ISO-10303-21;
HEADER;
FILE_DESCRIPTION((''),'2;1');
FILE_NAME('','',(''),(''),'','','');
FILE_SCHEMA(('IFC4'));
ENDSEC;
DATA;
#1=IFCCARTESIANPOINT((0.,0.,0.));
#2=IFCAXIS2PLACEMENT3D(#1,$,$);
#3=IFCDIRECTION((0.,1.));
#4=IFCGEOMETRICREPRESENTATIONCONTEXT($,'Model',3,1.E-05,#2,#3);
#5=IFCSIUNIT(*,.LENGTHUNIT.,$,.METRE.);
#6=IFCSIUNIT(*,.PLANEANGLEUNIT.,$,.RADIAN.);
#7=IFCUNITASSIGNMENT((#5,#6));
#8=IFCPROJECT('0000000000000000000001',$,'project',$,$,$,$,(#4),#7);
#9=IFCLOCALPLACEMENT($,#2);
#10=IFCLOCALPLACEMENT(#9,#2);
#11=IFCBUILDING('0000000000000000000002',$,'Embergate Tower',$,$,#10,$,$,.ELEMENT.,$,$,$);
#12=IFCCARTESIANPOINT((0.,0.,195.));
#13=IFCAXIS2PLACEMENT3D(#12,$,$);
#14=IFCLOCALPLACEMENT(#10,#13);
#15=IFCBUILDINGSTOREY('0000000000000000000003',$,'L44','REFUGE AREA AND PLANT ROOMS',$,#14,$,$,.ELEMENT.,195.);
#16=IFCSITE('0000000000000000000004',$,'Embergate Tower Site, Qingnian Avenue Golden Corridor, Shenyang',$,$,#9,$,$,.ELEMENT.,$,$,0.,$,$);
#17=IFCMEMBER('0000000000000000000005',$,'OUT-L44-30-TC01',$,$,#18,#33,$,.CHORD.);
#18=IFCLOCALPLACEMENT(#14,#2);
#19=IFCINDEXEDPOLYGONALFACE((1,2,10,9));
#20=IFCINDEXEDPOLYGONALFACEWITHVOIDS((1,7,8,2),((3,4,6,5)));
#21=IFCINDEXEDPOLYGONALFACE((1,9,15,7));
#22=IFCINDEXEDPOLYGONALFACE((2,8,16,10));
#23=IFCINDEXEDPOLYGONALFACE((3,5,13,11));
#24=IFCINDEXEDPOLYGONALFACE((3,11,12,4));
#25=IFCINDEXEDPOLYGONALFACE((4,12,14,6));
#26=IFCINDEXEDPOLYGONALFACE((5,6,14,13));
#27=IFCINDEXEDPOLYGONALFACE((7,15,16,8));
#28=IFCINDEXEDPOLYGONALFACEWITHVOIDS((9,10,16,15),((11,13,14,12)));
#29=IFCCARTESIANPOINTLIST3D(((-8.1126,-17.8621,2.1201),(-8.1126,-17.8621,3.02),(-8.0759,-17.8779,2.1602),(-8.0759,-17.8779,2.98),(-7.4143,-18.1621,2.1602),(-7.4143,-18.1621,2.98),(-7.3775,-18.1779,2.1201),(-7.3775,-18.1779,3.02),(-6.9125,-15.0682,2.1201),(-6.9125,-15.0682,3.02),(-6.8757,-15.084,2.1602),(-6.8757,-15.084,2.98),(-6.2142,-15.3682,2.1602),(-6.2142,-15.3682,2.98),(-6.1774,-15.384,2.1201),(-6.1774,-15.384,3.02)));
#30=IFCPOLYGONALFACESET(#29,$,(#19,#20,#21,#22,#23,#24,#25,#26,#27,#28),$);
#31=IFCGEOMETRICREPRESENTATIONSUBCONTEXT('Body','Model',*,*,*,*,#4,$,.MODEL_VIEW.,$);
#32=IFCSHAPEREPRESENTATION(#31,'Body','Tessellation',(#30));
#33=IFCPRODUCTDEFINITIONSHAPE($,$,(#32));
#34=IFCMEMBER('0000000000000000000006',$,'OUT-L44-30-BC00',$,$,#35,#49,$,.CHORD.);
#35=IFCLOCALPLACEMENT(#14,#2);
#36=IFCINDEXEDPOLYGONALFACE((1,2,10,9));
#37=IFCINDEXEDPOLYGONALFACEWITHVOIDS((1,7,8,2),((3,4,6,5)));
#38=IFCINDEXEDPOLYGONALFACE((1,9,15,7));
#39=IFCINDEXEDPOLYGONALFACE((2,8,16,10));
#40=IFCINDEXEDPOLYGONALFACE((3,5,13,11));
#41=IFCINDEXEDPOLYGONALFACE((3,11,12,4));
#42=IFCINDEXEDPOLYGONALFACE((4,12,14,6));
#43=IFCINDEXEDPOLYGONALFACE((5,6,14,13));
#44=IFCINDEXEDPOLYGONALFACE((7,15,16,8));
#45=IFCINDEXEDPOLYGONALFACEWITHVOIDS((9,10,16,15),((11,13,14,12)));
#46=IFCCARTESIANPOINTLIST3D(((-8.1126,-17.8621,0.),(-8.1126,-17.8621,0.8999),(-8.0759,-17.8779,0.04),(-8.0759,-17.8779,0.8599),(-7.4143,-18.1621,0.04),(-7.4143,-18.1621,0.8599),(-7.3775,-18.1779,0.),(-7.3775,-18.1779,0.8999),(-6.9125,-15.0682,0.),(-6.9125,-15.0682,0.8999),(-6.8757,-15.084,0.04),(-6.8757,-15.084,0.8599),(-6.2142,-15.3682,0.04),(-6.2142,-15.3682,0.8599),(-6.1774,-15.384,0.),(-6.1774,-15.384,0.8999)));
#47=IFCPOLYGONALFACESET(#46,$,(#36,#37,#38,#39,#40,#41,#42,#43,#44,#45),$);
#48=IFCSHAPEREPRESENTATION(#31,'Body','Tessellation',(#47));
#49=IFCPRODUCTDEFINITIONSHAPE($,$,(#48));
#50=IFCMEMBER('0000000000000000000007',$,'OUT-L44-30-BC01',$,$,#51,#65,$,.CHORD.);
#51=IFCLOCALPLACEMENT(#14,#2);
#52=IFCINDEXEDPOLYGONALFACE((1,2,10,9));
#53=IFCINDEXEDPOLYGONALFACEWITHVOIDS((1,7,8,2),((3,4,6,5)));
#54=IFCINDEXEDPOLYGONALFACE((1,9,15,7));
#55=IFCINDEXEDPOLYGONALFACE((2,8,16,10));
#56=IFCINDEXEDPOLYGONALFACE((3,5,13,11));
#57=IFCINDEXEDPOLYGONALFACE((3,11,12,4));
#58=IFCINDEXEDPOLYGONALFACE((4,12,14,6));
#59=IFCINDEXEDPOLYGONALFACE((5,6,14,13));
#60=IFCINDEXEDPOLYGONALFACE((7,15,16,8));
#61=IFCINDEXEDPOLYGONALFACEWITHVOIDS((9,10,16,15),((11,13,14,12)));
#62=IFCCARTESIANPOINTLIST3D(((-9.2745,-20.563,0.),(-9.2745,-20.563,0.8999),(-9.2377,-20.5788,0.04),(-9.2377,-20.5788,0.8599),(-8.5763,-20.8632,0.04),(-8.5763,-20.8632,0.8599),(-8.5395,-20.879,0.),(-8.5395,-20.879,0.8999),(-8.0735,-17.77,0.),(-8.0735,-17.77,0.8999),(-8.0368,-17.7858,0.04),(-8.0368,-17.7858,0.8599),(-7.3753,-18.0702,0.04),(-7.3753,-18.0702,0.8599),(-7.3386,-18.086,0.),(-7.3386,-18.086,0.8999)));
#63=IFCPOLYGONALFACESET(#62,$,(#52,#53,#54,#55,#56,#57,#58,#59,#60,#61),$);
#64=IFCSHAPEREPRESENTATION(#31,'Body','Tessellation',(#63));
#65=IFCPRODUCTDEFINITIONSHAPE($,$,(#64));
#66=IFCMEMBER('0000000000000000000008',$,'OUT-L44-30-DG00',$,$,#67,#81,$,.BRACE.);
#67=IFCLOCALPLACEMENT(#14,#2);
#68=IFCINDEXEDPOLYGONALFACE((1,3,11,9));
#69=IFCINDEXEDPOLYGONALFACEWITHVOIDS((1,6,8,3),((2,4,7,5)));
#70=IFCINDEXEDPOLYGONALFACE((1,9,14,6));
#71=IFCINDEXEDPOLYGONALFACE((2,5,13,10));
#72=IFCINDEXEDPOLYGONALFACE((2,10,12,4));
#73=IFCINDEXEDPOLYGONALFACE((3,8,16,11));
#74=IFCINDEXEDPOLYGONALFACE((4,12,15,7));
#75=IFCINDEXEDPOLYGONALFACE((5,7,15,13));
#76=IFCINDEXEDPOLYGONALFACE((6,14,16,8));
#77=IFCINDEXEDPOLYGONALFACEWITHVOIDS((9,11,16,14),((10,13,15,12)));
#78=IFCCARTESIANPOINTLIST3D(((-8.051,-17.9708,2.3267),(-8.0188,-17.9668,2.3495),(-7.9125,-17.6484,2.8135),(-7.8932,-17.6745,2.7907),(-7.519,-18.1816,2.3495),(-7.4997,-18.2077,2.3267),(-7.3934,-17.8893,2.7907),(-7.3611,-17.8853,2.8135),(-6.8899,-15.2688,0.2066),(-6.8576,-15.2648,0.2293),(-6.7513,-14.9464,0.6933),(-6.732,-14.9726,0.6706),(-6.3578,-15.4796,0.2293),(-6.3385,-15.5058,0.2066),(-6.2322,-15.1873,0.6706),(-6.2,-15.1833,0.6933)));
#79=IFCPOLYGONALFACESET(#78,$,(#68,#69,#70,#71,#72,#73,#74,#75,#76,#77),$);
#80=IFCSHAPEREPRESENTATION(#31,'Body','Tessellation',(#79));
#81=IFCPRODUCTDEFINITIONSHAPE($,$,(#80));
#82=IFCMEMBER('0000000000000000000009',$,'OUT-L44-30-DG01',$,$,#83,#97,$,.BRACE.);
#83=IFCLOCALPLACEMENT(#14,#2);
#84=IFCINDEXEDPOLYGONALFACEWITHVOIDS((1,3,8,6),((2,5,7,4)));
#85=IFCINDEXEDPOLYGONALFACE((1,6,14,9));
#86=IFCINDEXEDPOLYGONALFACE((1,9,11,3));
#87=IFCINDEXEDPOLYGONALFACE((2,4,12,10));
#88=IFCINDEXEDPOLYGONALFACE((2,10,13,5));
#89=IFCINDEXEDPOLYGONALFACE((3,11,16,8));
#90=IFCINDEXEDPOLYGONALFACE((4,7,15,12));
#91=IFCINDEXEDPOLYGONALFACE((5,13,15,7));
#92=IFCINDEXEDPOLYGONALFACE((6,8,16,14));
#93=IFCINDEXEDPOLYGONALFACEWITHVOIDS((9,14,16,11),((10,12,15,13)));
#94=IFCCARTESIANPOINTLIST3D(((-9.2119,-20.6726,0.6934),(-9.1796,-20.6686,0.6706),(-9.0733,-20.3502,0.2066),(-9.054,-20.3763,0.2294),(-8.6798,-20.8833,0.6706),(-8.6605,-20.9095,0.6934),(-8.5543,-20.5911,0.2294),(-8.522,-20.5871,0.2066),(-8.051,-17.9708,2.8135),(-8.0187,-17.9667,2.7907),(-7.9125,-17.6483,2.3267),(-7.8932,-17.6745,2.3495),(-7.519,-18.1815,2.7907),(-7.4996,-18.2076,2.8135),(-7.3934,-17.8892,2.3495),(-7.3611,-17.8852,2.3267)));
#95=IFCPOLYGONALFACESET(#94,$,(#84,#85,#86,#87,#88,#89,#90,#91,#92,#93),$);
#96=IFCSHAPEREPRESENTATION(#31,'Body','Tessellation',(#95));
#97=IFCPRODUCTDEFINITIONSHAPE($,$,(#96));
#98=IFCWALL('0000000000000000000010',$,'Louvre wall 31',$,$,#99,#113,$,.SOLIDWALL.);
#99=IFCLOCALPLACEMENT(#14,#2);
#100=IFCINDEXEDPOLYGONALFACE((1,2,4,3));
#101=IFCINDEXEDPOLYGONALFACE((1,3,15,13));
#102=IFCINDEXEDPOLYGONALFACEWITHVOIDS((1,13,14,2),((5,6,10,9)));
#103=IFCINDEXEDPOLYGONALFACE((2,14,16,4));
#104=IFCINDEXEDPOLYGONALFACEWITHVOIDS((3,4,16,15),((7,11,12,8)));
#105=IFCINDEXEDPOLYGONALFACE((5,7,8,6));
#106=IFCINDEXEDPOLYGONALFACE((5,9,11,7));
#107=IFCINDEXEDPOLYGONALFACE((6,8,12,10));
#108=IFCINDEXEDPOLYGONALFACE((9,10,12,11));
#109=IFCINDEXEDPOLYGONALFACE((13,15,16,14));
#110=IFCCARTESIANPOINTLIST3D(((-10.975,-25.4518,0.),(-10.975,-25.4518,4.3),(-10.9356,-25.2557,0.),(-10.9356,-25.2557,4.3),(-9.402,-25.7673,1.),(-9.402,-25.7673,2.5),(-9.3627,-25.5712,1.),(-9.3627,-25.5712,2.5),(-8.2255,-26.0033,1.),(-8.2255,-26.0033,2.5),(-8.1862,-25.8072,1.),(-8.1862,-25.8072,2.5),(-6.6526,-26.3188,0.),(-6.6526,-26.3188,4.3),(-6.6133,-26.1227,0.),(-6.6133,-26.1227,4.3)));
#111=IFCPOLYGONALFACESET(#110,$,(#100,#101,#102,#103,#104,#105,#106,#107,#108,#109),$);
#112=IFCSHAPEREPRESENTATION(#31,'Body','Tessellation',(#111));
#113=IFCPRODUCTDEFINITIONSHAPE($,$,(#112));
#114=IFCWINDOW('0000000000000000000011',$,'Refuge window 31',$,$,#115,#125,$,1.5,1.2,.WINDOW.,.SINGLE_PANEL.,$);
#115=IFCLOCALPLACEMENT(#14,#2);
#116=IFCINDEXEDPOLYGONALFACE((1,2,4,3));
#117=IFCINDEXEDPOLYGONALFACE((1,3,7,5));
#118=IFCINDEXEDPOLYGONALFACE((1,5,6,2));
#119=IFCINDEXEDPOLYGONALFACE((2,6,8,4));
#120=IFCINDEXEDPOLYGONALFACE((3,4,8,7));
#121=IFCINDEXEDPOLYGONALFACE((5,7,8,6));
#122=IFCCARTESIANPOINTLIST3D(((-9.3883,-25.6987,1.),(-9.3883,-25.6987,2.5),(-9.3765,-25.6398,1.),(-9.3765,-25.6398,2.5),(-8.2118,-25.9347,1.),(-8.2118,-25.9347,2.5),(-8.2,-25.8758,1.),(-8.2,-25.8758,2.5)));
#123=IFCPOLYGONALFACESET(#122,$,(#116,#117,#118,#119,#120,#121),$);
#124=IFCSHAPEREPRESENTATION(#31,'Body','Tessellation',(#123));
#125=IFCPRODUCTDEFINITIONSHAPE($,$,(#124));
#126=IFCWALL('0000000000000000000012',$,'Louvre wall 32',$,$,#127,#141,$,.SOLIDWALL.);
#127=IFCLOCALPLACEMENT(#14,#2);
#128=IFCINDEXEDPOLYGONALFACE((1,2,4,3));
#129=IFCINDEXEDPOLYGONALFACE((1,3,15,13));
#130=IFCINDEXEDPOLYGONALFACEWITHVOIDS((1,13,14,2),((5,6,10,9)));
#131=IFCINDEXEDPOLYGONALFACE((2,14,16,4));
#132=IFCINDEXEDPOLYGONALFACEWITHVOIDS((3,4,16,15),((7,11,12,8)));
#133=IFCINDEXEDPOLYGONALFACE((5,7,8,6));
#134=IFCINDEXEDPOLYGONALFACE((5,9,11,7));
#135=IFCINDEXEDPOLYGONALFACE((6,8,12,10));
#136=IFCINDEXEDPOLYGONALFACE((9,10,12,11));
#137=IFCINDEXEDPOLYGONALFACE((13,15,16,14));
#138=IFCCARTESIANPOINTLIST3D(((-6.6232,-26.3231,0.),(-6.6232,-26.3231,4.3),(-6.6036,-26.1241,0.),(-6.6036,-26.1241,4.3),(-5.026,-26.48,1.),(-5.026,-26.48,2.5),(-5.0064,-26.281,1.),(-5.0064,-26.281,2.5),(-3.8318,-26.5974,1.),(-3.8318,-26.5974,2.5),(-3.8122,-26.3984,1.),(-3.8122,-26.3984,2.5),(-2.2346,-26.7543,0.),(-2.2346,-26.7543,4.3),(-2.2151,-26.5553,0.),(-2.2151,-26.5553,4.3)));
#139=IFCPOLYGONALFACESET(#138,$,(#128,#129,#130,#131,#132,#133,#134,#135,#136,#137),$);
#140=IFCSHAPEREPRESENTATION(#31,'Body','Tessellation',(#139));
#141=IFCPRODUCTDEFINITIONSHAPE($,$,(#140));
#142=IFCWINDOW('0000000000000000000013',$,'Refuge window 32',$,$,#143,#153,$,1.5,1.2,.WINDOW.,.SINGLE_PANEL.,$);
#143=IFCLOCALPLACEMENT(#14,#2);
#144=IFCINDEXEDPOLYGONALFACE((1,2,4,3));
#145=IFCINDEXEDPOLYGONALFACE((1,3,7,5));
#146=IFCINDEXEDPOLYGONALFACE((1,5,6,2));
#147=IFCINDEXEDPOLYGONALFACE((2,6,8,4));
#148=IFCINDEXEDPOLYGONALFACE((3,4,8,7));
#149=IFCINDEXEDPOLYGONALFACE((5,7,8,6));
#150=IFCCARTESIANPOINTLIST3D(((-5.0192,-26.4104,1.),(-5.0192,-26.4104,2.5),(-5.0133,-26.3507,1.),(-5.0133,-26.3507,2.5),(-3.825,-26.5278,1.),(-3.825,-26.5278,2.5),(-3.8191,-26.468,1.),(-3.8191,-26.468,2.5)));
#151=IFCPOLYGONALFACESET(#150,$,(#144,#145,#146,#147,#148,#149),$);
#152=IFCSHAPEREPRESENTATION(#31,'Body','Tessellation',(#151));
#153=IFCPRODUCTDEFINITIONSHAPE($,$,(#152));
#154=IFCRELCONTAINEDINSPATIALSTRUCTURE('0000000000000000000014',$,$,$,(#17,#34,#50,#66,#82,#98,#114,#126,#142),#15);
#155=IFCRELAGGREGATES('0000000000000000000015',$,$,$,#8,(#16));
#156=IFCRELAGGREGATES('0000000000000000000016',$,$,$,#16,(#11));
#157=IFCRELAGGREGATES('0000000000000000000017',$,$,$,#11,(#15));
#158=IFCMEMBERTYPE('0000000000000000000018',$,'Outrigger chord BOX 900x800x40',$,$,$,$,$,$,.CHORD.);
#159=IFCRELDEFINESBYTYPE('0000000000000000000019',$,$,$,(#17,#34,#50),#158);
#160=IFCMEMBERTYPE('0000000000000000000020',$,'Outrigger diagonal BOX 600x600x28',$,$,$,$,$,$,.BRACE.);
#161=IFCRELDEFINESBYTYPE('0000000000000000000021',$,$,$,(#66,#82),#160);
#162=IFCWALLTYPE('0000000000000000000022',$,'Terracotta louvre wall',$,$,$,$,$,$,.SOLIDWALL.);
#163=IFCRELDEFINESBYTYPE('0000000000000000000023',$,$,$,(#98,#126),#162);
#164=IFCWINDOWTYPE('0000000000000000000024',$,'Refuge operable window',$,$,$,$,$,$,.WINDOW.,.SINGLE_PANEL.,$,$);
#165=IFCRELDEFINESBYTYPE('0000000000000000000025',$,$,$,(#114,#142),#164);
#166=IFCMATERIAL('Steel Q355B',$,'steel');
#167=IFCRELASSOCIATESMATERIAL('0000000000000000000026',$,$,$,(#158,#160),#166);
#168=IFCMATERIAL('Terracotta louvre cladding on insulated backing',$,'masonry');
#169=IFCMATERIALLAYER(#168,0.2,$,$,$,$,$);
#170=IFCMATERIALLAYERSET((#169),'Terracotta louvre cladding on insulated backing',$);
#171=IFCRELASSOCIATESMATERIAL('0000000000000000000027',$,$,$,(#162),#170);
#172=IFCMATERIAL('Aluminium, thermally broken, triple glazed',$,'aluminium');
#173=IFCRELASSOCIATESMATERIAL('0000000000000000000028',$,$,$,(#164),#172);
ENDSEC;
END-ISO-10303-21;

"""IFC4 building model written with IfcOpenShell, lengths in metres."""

from ifc_helpers import new_model, si_unit, direction, frame, frame_2d, origin, origin_2d, place, context, subcontext, project, spatial, rectangle, hollow_rectangle, extrude, source, transform, mapped, material, layer, layer_set, material_profile, profile_set, type_object, element, fill, save


model = new_model("IFC4")

# Units and contexts
model_context = context("Model", 3, precision=1e-05, world=origin(), true_north=direction((0.0, 1.0)))
body_context = subcontext(model_context, "Body", "Model", "MODEL_VIEW")
ifc_project = project(units=[si_unit("LENGTHUNIT", "METRE"), si_unit("PLANEANGLEUNIT", "RADIAN")], contexts=[model_context])

# Site, building, storey
site_placement = place(None, origin())
site = spatial("IfcSite", under=ifc_project, at=site_placement, Name="Embergate Tower Site, Qingnian Avenue Golden Corridor, Shenyang", CompositionType="ELEMENT", RefElevation=0.0)
building_placement = place(site_placement, origin())
building = spatial("IfcBuilding", under=site, at=building_placement, Name="Embergate Tower", CompositionType="ELEMENT")
storey_placement = place(building_placement, frame((0.0, 0.0, 195.0)))
storey = spatial("IfcBuildingStorey", under=building, at=storey_placement, Name="L44", Description="REFUGE AREA AND PLANT ROOMS", CompositionType="ELEMENT", Elevation=195.0)

# Shared definitions
ifc_material_1 = material(Name="Steel Q355B", Category="steel")

# Members
ifc_material_profile_1 = material_profile(ifc_material_1, hollow_rectangle(XDim=0.8, YDim=0.8999, WallThickness=0.04, at=origin_2d()), Name="BOX 900x800x40")
ifc_profile_set_1 = profile_set([ifc_material_profile_1], Name="Steel Q355 grade B")
member_type_1 = type_object("IfcMemberType", Name="Outrigger chord BOX 900x800x40", PredefinedType="CHORD", material=ifc_profile_set_1)
shared_shape_1 = source(origin(), body_context, "Body", "SweptSolid", [
    extrude(hollow_rectangle(XDim=0.8, YDim=0.8999, WallThickness=0.04, at=origin_2d()), origin(), (0.0, 0.0, 1.0), 3.0408),
])
for number, where, z_axis, x_axis, name in (
    (1, (-6.5449, -15.2261, 2.5701), (-0.394694, -0.918812, 0.0), (0.918812, -0.394694, 0.0), "OUT-L44-30-TC01"),
    (2, (-6.5449, -15.2261, 0.45), (-0.394694, -0.918812, 0.0), (0.918812, -0.394694, 0.0), "OUT-L44-30-BC00"),
):
    element("IfcMember", number, at=place(storey_placement, frame(where, z_axis=z_axis, x_axis=x_axis)), inside=storey, type_object=member_type_1, Name=name, PredefinedType="CHORD", context=body_context, shape_type="MappedRepresentation", body=[
        mapped(shared_shape_1, transform((0.0, 0.0, 0.0))),
    ])
shared_shape_2 = source(origin(), body_context, "Body", "SweptSolid", [
    extrude(hollow_rectangle(XDim=0.8, YDim=0.8999, WallThickness=0.04, at=origin_2d()), origin(), (0.0, 0.0, 1.0), 3.0403),
])
member_1_placement = place(storey_placement, frame((-7.7061, -17.928, 0.45), z_axis=(-0.395014, -0.918675, 0.0), x_axis=(0.918675, -0.395014, 0.0)))
element("IfcMember", 3, at=member_1_placement, inside=storey, type_object=member_type_1, Name="OUT-L44-30-BC01", PredefinedType="CHORD", context=body_context, shape_type="MappedRepresentation", body=[
    mapped(shared_shape_2, transform((0.0, 0.0, 0.0))),
])
ifc_material_profile_2 = material_profile(ifc_material_1, hollow_rectangle(XDim=0.6001, YDim=0.6001, WallThickness=0.0281, at=origin_2d()), Name="BOX 600x600x28")
ifc_profile_set_2 = profile_set([ifc_material_profile_2], Name="Steel Q355 grade B")
member_type_2 = type_object("IfcMemberType", Name="Outrigger diagonal BOX 600x600x28", PredefinedType="BRACE", material=ifc_profile_set_2)
shared_shape_3 = source(origin(), body_context, "Body", "SweptSolid", [
    extrude(hollow_rectangle(XDim=0.6001, YDim=0.6001, WallThickness=0.0281, at=origin_2d()), origin(), (0.0, 0.0, 1.0), 3.6255),
])
member_2_placement = place(storey_placement, frame((-6.5449, -15.2261, 0.45), z_axis=(-0.320279, -0.745274, 0.584798), x_axis=(0.918754, -0.394831, 0.0)))
element("IfcMember", 4, at=member_2_placement, inside=storey, type_object=member_type_2, Name="OUT-L44-30-DG00", PredefinedType="BRACE", context=body_context, shape_type="MappedRepresentation", body=[
    mapped(shared_shape_3, transform((0.0, 0.0, 0.0))),
])
shared_shape_4 = source(origin(), body_context, "Body", "SweptSolid", [
    extrude(hollow_rectangle(XDim=0.6001, YDim=0.6001, WallThickness=0.0281, at=origin_2d()), origin(), (0.0, 0.0, 1.0), 3.6252),
])
member_3_placement = place(storey_placement, frame((-7.7061, -17.928, 2.5701), z_axis=(-0.320218, -0.74529, -0.58481), x_axis=(0.918784, -0.394761, 0.0)))
element("IfcMember", 5, at=member_3_placement, inside=storey, type_object=member_type_2, Name="OUT-L44-30-DG01", PredefinedType="BRACE", context=body_context, shape_type="MappedRepresentation", body=[
    mapped(shared_shape_4, transform((0.0, 0.0, 0.0))),
])

# Walls, openings, windows
ifc_material_2 = material(Name="Terracotta louvre cladding on insulated backing", Category="masonry")
ifc_layer_1 = layer(ifc_material_2, 0.2)
ifc_layer_set_1 = layer_set([ifc_layer_1], Name="Terracotta louvre cladding on insulated backing")
wall_type_1 = type_object("IfcWallType", Name="Terracotta louvre wall", PredefinedType="SOLIDWALL", material=ifc_layer_set_1)
shared_shape_5 = source(origin(), body_context, "Body", "SweptSolid", [
    extrude(rectangle(XDim=4.4084, YDim=0.2, at=frame_2d((2.2041, 0.0))), origin(), (0.0, 0.0, 1.0), 4.3),
])
wall_1_placement = place(storey_placement, frame((-6.6331, -26.2207, 0.0), z_axis=(0.0, 0.0, 1.0), x_axis=(-0.980472, 0.196659, 0.0)))
wall_1 = element("IfcWall", 6, at=wall_1_placement, inside=storey, type_object=wall_type_1, Name="Louvre wall 31", PredefinedType="SOLIDWALL", context=body_context, shape_type="MappedRepresentation", body=[
    mapped(shared_shape_5, transform((0.0, 0.0, 0.0))),
])
shared_shape_6 = source(origin(), body_context, "Body", "SweptSolid", [
    extrude(rectangle(XDim=1.2, YDim=1.5, at=frame_2d((0.6001, 0.75))), frame((0.0, 0.1099, 0.0), z_axis=(0.0, -1.0, 0.0), x_axis=(1.0, 0.0, 0.0)), (0.0, 0.0, 1.0), 0.22),
])
opening_1_placement = place(wall_1_placement, frame((1.604, 0.0, 1.0)))
opening_1 = element("IfcOpeningElement", 7, at=opening_1_placement, cuts=wall_1, PredefinedType="OPENING", context=body_context, shape_type="MappedRepresentation", body=[
    mapped(shared_shape_6, transform((0.0, 0.0, 0.0))),
])
ifc_material_3 = material(Name="Aluminium, thermally broken, triple glazed", Category="aluminium")
window_type = type_object("IfcWindowType", Name="Refuge operable window", PartitioningType="SINGLE_PANEL", PredefinedType="WINDOW", material=ifc_material_3)
shared_shape_7 = source(origin(), body_context, "Body", "SweptSolid", [
    extrude(rectangle(XDim=1.2, YDim=1.5, at=frame_2d((0.6001, 0.75))), frame((0.0, 0.03, 0.0), z_axis=(0.0, -1.0, 0.0), x_axis=(1.0, 0.0, 0.0)), (0.0, 0.0, 1.0), 0.0601),
])
window_1_placement = place(opening_1_placement, origin())
window_1 = element("IfcWindow", 8, at=window_1_placement, inside=storey, type_object=window_type, Name="Refuge window 31", OverallHeight=1.5, OverallWidth=1.2, PartitioningType="SINGLE_PANEL", PredefinedType="WINDOW", context=body_context, shape_type="MappedRepresentation", body=[
    mapped(shared_shape_7, transform((0.0, 0.0, 0.0))),
])
fill(opening_1, window_1)
shared_shape_8 = source(origin(), body_context, "Body", "SweptSolid", [
    extrude(rectangle(XDim=4.4097, YDim=0.2, at=frame_2d((2.2048, 0.0))), origin(), (0.0, 0.0, 1.0), 4.3),
])
wall_2_placement = place(storey_placement, frame((-2.2249, -26.6548, 0.0), z_axis=(0.0, 0.0, 1.0), x_axis=(-0.995208, 0.097777, 0.0)))
wall_2 = element("IfcWall", 9, at=wall_2_placement, inside=storey, type_object=wall_type_1, Name="Louvre wall 32", PredefinedType="SOLIDWALL", context=body_context, shape_type="MappedRepresentation", body=[
    mapped(shared_shape_8, transform((0.0, 0.0, 0.0))),
])
opening_2_placement = place(wall_2_placement, frame((1.6047, 0.0, 1.0)))
opening_2 = element("IfcOpeningElement", 10, at=opening_2_placement, cuts=wall_2, PredefinedType="OPENING", context=body_context, shape_type="MappedRepresentation", body=[
    mapped(shared_shape_6, transform((0.0, 0.0, 0.0))),
])
window_2_placement = place(opening_2_placement, origin())
window_2 = element("IfcWindow", 11, at=window_2_placement, inside=storey, type_object=window_type, Name="Refuge window 32", OverallHeight=1.5, OverallWidth=1.2, PartitioningType="SINGLE_PANEL", PredefinedType="WINDOW", context=body_context, shape_type="MappedRepresentation", body=[
    mapped(shared_shape_7, transform((0.0, 0.0, 0.0))),
])
fill(opening_2, window_2)

save(model, "model.ifc")
